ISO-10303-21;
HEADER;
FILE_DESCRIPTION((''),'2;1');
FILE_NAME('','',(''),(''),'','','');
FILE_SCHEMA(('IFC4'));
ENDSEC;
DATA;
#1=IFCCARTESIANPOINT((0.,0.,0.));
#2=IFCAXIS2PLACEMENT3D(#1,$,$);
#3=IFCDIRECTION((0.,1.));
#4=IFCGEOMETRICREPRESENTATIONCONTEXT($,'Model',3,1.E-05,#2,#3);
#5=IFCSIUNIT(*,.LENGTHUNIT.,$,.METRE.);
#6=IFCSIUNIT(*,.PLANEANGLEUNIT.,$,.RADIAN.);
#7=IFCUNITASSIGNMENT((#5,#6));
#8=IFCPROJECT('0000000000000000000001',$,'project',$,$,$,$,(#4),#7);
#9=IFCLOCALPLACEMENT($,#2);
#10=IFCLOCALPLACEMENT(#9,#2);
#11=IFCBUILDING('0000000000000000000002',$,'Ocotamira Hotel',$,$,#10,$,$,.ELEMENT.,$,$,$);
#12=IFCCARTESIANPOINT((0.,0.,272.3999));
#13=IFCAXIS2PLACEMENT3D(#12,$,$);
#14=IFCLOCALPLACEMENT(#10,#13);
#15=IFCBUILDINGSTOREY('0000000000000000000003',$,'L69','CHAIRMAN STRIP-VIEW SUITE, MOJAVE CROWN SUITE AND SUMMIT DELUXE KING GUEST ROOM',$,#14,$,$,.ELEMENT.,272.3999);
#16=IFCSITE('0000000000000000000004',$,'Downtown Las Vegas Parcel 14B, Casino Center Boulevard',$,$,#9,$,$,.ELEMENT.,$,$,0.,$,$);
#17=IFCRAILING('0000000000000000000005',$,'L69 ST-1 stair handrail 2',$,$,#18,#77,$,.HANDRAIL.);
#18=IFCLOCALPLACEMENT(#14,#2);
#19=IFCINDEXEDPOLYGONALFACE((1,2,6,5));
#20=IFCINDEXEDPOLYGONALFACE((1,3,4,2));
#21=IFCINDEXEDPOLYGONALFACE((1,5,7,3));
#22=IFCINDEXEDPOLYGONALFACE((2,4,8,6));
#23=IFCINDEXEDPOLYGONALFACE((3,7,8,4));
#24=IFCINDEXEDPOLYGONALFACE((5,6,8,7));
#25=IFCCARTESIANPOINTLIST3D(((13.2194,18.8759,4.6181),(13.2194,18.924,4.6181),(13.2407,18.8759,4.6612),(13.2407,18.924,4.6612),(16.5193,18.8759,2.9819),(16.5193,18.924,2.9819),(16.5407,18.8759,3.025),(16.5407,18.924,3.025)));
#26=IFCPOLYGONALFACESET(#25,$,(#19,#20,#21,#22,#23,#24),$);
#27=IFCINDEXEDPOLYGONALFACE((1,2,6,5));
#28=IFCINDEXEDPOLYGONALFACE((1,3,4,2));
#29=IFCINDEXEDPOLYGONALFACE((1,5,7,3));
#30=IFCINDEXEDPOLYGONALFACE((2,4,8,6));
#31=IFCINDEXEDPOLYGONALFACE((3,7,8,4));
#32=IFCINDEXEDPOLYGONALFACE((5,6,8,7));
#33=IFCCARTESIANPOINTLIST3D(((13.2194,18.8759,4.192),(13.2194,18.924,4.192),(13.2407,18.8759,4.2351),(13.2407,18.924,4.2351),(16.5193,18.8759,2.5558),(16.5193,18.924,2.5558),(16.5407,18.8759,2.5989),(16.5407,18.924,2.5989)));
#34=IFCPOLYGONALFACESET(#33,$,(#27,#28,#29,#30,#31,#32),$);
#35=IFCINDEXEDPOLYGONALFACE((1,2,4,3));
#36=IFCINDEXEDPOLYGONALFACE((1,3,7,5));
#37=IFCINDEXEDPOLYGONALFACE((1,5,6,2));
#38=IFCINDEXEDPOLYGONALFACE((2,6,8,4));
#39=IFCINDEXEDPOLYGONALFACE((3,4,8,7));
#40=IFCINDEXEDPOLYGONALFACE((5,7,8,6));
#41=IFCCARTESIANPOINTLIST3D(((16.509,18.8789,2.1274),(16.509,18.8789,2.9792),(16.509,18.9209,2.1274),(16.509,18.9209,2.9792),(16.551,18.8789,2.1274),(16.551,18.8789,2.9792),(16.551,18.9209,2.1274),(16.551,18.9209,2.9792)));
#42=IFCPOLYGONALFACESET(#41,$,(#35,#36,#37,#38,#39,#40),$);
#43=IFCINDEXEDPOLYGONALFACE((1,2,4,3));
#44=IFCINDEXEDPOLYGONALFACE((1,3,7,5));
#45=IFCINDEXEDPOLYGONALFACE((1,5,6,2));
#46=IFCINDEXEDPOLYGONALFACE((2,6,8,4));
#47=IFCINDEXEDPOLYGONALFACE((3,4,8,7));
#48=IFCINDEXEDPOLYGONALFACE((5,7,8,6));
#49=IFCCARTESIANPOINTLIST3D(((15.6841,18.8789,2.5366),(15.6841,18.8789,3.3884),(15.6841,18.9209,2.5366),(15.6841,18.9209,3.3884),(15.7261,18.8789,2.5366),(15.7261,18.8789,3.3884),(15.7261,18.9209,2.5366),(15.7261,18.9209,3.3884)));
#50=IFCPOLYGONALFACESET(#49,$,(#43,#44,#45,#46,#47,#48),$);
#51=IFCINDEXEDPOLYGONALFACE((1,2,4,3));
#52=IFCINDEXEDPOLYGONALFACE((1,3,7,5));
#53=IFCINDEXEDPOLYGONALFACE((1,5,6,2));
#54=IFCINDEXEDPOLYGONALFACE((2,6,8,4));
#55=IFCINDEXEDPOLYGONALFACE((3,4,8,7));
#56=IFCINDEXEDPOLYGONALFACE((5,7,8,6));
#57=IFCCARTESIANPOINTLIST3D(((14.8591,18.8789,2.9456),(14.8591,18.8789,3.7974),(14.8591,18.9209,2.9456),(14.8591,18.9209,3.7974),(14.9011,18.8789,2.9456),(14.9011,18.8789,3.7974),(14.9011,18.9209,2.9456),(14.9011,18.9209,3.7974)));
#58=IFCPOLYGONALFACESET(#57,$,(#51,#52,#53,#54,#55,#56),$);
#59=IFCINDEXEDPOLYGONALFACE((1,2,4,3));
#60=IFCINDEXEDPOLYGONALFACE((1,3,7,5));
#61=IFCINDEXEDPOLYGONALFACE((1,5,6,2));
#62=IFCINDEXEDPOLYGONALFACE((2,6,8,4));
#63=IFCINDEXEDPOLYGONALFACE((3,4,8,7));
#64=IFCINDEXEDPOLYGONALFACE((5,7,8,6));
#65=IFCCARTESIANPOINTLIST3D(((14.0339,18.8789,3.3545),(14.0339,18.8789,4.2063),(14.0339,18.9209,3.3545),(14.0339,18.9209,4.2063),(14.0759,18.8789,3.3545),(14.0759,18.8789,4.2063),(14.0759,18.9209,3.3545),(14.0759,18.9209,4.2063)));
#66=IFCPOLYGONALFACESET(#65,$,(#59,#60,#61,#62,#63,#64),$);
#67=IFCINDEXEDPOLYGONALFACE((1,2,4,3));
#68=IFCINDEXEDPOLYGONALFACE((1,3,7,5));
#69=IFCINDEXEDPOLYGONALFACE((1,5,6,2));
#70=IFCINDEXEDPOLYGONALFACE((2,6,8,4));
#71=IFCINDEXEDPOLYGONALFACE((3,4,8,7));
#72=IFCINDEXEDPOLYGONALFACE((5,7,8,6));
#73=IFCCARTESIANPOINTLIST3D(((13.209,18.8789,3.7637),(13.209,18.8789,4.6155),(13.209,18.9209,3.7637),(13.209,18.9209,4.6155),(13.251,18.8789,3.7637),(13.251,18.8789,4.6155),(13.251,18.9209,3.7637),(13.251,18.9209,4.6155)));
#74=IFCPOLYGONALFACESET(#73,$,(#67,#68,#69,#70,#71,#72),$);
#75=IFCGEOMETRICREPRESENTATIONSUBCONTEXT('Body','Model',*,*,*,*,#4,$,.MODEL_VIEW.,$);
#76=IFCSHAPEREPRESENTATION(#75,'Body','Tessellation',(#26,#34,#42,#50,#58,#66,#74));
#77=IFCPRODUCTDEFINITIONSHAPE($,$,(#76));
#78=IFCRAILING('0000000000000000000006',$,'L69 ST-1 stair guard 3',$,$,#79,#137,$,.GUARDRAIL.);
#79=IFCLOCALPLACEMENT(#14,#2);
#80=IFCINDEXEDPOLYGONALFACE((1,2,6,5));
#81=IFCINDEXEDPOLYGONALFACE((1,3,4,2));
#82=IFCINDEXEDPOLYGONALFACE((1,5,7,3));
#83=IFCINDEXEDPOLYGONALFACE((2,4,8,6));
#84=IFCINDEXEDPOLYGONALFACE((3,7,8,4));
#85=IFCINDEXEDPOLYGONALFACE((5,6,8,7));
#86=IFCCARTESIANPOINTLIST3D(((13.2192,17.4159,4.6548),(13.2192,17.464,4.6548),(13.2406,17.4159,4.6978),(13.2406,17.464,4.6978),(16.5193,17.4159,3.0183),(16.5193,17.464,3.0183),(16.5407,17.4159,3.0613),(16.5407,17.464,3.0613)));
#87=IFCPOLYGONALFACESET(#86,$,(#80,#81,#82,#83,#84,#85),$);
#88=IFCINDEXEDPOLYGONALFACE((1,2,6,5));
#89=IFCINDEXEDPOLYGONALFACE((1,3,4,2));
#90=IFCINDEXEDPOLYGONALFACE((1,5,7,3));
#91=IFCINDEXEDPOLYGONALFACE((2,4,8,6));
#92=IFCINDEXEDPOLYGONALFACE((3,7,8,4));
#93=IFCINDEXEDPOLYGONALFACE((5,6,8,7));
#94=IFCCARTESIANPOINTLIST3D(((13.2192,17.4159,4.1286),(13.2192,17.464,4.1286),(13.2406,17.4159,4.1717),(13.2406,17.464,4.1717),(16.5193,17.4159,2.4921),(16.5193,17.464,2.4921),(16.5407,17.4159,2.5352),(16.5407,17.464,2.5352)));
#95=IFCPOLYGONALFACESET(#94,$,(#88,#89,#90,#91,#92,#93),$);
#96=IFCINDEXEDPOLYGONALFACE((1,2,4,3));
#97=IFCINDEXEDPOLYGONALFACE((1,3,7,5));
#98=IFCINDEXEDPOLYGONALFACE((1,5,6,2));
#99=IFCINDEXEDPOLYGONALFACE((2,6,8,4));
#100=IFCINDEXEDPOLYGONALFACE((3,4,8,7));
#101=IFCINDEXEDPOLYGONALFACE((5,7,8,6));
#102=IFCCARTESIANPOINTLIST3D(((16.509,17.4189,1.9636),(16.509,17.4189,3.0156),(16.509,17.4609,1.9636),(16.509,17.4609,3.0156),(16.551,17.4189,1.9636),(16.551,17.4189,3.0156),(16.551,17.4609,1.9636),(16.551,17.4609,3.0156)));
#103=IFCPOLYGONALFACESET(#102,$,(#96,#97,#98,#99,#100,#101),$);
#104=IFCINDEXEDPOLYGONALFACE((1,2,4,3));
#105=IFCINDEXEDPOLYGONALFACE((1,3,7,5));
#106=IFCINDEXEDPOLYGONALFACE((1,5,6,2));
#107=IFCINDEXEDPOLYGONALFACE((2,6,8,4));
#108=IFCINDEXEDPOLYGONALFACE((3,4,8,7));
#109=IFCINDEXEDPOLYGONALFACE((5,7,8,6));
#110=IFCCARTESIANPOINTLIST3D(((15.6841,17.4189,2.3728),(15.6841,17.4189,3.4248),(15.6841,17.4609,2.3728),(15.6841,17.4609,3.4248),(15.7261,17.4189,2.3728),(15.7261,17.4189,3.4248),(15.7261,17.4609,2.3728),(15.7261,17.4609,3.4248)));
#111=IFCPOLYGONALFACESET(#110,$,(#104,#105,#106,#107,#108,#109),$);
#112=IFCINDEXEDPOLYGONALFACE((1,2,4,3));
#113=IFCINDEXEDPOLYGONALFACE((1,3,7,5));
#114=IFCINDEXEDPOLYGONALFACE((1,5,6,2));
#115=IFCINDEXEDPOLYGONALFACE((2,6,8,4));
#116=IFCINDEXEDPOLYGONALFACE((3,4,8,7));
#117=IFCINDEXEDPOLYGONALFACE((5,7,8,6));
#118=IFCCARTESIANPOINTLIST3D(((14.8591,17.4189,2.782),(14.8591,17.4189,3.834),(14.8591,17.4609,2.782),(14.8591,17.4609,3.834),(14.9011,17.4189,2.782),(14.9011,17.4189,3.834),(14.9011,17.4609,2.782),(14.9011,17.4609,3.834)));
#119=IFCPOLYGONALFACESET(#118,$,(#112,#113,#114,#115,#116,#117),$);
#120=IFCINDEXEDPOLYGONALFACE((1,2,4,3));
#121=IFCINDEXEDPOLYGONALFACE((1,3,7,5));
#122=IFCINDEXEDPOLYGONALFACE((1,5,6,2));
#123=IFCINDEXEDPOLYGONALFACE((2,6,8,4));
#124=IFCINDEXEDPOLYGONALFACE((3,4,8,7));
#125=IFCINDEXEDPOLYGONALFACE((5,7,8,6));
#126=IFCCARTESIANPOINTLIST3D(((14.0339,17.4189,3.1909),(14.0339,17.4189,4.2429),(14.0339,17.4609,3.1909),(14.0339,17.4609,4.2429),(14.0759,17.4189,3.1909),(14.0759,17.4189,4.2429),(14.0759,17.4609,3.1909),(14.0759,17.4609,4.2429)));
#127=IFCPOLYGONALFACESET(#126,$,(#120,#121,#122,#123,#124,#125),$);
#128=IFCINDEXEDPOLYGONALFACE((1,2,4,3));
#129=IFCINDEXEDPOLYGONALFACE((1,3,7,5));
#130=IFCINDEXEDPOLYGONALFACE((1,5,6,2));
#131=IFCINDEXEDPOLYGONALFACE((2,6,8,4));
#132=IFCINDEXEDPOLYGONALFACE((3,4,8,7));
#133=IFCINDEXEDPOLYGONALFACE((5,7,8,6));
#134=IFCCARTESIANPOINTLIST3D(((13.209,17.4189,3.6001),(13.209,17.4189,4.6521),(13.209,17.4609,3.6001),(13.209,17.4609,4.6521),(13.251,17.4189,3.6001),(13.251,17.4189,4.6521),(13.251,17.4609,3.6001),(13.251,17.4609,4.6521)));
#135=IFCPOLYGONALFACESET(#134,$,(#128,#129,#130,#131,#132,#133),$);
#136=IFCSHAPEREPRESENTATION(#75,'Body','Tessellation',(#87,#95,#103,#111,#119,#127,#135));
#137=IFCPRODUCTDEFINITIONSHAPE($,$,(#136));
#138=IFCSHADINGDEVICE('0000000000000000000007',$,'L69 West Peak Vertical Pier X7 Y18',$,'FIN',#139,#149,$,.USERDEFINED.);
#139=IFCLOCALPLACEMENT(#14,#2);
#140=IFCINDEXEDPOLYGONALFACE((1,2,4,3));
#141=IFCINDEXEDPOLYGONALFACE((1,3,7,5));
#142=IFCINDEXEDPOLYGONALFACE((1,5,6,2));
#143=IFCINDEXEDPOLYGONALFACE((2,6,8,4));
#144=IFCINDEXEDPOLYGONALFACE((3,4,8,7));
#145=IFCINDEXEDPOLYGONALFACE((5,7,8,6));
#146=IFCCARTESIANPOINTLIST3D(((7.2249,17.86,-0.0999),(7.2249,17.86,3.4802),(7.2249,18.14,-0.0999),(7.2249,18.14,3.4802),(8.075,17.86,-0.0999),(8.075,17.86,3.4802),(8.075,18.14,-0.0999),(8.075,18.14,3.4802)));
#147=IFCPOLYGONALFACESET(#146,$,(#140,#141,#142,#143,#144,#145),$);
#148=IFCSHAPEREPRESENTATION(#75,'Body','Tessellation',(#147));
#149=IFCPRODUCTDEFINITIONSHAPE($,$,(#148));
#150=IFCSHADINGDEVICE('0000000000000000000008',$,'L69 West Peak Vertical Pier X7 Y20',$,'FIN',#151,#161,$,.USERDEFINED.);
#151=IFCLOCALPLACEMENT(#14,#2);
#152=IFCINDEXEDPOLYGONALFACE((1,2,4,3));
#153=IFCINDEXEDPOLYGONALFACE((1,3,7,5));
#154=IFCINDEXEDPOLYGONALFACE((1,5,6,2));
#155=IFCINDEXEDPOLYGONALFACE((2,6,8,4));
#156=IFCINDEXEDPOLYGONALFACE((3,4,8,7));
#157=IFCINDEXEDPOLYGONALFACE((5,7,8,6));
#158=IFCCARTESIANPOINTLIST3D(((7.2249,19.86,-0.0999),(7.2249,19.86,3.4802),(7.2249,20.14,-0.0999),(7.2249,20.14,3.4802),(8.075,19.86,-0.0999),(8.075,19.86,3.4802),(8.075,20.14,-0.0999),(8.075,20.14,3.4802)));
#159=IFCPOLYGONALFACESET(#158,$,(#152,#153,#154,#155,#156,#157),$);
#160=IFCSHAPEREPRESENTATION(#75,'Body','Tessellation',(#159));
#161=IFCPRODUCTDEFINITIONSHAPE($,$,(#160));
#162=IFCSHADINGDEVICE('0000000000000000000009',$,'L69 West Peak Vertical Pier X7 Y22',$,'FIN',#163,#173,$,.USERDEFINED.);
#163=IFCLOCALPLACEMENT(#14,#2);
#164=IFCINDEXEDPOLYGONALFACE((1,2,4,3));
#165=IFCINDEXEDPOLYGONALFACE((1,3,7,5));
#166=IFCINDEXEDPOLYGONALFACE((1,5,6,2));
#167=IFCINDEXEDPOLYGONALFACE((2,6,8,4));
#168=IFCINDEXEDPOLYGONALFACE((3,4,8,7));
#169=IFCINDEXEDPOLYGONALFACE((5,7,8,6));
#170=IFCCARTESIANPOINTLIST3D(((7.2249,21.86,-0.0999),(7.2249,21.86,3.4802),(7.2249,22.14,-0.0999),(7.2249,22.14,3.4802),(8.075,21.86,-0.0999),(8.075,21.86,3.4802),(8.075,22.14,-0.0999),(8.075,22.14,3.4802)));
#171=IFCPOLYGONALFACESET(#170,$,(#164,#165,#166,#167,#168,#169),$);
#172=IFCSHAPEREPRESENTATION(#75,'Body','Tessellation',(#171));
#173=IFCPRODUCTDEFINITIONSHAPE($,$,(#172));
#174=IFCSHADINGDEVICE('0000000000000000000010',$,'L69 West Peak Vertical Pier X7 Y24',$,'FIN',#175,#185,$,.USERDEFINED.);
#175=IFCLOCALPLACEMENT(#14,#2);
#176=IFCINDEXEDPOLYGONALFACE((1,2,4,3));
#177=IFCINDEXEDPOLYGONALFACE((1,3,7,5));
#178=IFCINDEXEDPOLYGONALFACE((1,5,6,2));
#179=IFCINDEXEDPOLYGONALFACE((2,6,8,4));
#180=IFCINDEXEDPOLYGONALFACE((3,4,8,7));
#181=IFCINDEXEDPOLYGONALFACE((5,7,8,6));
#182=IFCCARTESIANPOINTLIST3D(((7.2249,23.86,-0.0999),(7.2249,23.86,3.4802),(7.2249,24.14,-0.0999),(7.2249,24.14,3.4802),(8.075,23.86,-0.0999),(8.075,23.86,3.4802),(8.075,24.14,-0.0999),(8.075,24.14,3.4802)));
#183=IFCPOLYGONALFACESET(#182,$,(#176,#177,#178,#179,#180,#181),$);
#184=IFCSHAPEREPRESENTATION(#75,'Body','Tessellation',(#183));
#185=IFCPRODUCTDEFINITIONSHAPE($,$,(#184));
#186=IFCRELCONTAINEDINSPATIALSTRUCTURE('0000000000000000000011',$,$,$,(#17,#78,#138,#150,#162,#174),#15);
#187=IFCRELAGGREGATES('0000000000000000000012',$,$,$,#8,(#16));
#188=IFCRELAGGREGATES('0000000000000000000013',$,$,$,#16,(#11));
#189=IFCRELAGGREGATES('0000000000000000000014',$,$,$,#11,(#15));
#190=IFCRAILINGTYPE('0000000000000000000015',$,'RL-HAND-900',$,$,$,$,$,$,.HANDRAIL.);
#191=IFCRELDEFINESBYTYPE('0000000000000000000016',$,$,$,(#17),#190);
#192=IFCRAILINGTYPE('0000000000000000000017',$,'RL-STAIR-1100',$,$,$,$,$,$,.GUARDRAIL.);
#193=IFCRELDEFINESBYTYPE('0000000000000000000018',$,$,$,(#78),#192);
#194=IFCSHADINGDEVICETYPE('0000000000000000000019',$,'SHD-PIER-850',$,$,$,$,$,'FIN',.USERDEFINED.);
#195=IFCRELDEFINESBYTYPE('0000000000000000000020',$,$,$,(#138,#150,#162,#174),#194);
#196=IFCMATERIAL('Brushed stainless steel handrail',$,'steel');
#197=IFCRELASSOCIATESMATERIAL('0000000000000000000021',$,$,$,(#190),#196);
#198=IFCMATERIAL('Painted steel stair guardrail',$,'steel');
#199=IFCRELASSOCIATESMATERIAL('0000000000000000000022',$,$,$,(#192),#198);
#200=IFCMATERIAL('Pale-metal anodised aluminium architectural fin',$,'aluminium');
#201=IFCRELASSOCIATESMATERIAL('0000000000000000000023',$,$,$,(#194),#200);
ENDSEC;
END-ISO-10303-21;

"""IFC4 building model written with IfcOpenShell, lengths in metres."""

from ifc_helpers import new_model, si_unit, direction, frame, origin, origin_2d, place, context, subcontext, project, spatial, rectangle, extrude, source, transform, mapped, material, type_object, element, save


model = new_model("IFC4")

# Units and contexts
model_context = context("Model", 3, precision=1e-05, world=origin(), true_north=direction((0.0, 1.0)))
body_context = subcontext(model_context, "Body", "Model", "MODEL_VIEW")
ifc_project = project(units=[si_unit("LENGTHUNIT", "METRE"), si_unit("PLANEANGLEUNIT", "RADIAN")], contexts=[model_context])

# Site, building, storey
site_placement = place(None, origin())
site = spatial("IfcSite", under=ifc_project, at=site_placement, Name="Downtown Las Vegas Parcel 14B, Casino Center Boulevard", CompositionType="ELEMENT", RefElevation=0.0)
building_placement = place(site_placement, origin())
building = spatial("IfcBuilding", under=site, at=building_placement, Name="Ocotamira Hotel", CompositionType="ELEMENT")
storey_placement = place(building_placement, frame((0.0, 0.0, 272.3999)))
storey = spatial("IfcBuildingStorey", under=building, at=storey_placement, Name="L69", Description="CHAIRMAN STRIP-VIEW SUITE, MOJAVE CROWN SUITE AND SUMMIT DELUXE KING GUEST ROOM", CompositionType="ELEMENT", Elevation=272.3999)

# Railings
ifc_material_1 = material(Name="Brushed stainless steel handrail", Category="steel")
railing_type_1 = type_object("IfcRailingType", Name="RL-HAND-900", PredefinedType="HANDRAIL", material=ifc_material_1)
railing_1_placement = place(storey_placement, frame((16.53, 18.8999, 2.1274)))
element("IfcRailing", 1, at=railing_1_placement, inside=storey, type_object=railing_type_1, Name="L69 ST-1 stair handrail 2", PredefinedType="HANDRAIL", context=body_context, shape_type="SweptSolid", body=[
    extrude(rectangle(XDim=0.0481, YDim=0.0481, at=origin_2d()), frame((0.0, 0.0, 0.876), z_axis=(-0.89592, 0.0, 0.444215), x_axis=(0.0, -1.0, 0.0)), (0.0, 0.0, 1.0), 3.6833),
    extrude(rectangle(XDim=0.0481, YDim=0.0481, at=origin_2d()), frame((0.0, 0.0, 0.45), z_axis=(-0.89592, 0.0, 0.444215), x_axis=(0.0, -1.0, 0.0)), (0.0, 0.0, 1.0), 3.6833),
    extrude(rectangle(XDim=0.042, YDim=0.042, at=origin_2d()), origin(), (0.0, 0.0, 1.0), 0.8518),
    extrude(rectangle(XDim=0.042, YDim=0.042, at=origin_2d()), frame((-0.825, 0.0, 0.4092)), (0.0, 0.0, 1.0), 0.8518),
    extrude(rectangle(XDim=0.042, YDim=0.042, at=origin_2d()), frame((-1.6499, 0.0, 0.8181)), (0.0, 0.0, 1.0), 0.8518),
    extrude(rectangle(XDim=0.042, YDim=0.042, at=origin_2d()), frame((-2.4751, 0.0, 1.2271)), (0.0, 0.0, 1.0), 0.8518),
    extrude(rectangle(XDim=0.042, YDim=0.042, at=origin_2d()), frame((-3.3, 0.0, 1.6362)), (0.0, 0.0, 1.0), 0.8518),
])
ifc_material_2 = material(Name="Painted steel stair guardrail", Category="steel")
railing_type_2 = type_object("IfcRailingType", Name="RL-STAIR-1100", PredefinedType="GUARDRAIL", material=ifc_material_2)
railing_2_placement = place(storey_placement, frame((16.53, 17.4399, 1.9636)))
element("IfcRailing", 2, at=railing_2_placement, inside=storey, type_object=railing_type_2, Name="L69 ST-1 stair guard 3", PredefinedType="GUARDRAIL", context=body_context, shape_type="SweptSolid", body=[
    extrude(rectangle(XDim=0.0481, YDim=0.0481, at=origin_2d()), frame((0.0, 0.0, 1.0762), z_axis=(-0.895894, 0.0, 0.444268), x_axis=(0.0, -1.0, 0.0)), (0.0, 0.0, 1.0), 3.6836),
    extrude(rectangle(XDim=0.0481, YDim=0.0481, at=origin_2d()), frame((0.0, 0.0, 0.55), z_axis=(-0.895894, 0.0, 0.444268), x_axis=(0.0, -1.0, 0.0)), (0.0, 0.0, 1.0), 3.6836),
    extrude(rectangle(XDim=0.042, YDim=0.042, at=origin_2d()), origin(), (0.0, 0.0, 1.0), 1.052),
    extrude(rectangle(XDim=0.042, YDim=0.042, at=origin_2d()), frame((-0.825, 0.0, 0.4092)), (0.0, 0.0, 1.0), 1.052),
    extrude(rectangle(XDim=0.042, YDim=0.042, at=origin_2d()), frame((-1.6499, 0.0, 0.8184)), (0.0, 0.0, 1.0), 1.052),
    extrude(rectangle(XDim=0.042, YDim=0.042, at=origin_2d()), frame((-2.4751, 0.0, 1.2273)), (0.0, 0.0, 1.0), 1.052),
    extrude(rectangle(XDim=0.042, YDim=0.042, at=origin_2d()), frame((-3.3, 0.0, 1.6365)), (0.0, 0.0, 1.0), 1.052),
])

# Shading devices
ifc_material_3 = material(Name="Pale-metal anodised aluminium architectural fin", Category="aluminium")
shading_device_type = type_object("IfcShadingDeviceType", Name="SHD-PIER-850", ElementType="FIN", PredefinedType="USERDEFINED", material=ifc_material_3)
shared_shape_1 = source(origin(), body_context, "Body", "SweptSolid", [
    extrude(rectangle(XDim=0.8501, YDim=0.28, at=origin_2d()), origin(), (0.0, 0.0, 1.0), 3.5801),
])
for number, where, z_axis, x_axis, name in (
    (3, (7.6499, 18.0, -0.0999), (0.0, 0.0, 1.0), (1.0, 0.0, 0.0), "L69 West Peak Vertical Pier X7 Y18"),
    (4, (7.6499, 20.0, -0.0999), (0.0, 0.0, 1.0), (1.0, 0.0, 0.0), "L69 West Peak Vertical Pier X7 Y20"),
    (5, (7.6499, 22.0, -0.0999), (0.0, 0.0, 1.0), (1.0, 0.0, 0.0), "L69 West Peak Vertical Pier X7 Y22"),
    (6, (7.6499, 24.0, -0.0999), (0.0, 0.0, 1.0), (1.0, 0.0, 0.0), "L69 West Peak Vertical Pier X7 Y24"),
):
    element("IfcShadingDevice", number, at=place(storey_placement, frame(where, z_axis=z_axis, x_axis=x_axis)), inside=storey, type_object=shading_device_type, Name=name, ObjectType="FIN", PredefinedType="USERDEFINED", context=body_context, shape_type="MappedRepresentation", body=[
        mapped(shared_shape_1, transform((0.0, 0.0, 0.0), scale=1.0)),
    ])

save(model, "model.ifc")
